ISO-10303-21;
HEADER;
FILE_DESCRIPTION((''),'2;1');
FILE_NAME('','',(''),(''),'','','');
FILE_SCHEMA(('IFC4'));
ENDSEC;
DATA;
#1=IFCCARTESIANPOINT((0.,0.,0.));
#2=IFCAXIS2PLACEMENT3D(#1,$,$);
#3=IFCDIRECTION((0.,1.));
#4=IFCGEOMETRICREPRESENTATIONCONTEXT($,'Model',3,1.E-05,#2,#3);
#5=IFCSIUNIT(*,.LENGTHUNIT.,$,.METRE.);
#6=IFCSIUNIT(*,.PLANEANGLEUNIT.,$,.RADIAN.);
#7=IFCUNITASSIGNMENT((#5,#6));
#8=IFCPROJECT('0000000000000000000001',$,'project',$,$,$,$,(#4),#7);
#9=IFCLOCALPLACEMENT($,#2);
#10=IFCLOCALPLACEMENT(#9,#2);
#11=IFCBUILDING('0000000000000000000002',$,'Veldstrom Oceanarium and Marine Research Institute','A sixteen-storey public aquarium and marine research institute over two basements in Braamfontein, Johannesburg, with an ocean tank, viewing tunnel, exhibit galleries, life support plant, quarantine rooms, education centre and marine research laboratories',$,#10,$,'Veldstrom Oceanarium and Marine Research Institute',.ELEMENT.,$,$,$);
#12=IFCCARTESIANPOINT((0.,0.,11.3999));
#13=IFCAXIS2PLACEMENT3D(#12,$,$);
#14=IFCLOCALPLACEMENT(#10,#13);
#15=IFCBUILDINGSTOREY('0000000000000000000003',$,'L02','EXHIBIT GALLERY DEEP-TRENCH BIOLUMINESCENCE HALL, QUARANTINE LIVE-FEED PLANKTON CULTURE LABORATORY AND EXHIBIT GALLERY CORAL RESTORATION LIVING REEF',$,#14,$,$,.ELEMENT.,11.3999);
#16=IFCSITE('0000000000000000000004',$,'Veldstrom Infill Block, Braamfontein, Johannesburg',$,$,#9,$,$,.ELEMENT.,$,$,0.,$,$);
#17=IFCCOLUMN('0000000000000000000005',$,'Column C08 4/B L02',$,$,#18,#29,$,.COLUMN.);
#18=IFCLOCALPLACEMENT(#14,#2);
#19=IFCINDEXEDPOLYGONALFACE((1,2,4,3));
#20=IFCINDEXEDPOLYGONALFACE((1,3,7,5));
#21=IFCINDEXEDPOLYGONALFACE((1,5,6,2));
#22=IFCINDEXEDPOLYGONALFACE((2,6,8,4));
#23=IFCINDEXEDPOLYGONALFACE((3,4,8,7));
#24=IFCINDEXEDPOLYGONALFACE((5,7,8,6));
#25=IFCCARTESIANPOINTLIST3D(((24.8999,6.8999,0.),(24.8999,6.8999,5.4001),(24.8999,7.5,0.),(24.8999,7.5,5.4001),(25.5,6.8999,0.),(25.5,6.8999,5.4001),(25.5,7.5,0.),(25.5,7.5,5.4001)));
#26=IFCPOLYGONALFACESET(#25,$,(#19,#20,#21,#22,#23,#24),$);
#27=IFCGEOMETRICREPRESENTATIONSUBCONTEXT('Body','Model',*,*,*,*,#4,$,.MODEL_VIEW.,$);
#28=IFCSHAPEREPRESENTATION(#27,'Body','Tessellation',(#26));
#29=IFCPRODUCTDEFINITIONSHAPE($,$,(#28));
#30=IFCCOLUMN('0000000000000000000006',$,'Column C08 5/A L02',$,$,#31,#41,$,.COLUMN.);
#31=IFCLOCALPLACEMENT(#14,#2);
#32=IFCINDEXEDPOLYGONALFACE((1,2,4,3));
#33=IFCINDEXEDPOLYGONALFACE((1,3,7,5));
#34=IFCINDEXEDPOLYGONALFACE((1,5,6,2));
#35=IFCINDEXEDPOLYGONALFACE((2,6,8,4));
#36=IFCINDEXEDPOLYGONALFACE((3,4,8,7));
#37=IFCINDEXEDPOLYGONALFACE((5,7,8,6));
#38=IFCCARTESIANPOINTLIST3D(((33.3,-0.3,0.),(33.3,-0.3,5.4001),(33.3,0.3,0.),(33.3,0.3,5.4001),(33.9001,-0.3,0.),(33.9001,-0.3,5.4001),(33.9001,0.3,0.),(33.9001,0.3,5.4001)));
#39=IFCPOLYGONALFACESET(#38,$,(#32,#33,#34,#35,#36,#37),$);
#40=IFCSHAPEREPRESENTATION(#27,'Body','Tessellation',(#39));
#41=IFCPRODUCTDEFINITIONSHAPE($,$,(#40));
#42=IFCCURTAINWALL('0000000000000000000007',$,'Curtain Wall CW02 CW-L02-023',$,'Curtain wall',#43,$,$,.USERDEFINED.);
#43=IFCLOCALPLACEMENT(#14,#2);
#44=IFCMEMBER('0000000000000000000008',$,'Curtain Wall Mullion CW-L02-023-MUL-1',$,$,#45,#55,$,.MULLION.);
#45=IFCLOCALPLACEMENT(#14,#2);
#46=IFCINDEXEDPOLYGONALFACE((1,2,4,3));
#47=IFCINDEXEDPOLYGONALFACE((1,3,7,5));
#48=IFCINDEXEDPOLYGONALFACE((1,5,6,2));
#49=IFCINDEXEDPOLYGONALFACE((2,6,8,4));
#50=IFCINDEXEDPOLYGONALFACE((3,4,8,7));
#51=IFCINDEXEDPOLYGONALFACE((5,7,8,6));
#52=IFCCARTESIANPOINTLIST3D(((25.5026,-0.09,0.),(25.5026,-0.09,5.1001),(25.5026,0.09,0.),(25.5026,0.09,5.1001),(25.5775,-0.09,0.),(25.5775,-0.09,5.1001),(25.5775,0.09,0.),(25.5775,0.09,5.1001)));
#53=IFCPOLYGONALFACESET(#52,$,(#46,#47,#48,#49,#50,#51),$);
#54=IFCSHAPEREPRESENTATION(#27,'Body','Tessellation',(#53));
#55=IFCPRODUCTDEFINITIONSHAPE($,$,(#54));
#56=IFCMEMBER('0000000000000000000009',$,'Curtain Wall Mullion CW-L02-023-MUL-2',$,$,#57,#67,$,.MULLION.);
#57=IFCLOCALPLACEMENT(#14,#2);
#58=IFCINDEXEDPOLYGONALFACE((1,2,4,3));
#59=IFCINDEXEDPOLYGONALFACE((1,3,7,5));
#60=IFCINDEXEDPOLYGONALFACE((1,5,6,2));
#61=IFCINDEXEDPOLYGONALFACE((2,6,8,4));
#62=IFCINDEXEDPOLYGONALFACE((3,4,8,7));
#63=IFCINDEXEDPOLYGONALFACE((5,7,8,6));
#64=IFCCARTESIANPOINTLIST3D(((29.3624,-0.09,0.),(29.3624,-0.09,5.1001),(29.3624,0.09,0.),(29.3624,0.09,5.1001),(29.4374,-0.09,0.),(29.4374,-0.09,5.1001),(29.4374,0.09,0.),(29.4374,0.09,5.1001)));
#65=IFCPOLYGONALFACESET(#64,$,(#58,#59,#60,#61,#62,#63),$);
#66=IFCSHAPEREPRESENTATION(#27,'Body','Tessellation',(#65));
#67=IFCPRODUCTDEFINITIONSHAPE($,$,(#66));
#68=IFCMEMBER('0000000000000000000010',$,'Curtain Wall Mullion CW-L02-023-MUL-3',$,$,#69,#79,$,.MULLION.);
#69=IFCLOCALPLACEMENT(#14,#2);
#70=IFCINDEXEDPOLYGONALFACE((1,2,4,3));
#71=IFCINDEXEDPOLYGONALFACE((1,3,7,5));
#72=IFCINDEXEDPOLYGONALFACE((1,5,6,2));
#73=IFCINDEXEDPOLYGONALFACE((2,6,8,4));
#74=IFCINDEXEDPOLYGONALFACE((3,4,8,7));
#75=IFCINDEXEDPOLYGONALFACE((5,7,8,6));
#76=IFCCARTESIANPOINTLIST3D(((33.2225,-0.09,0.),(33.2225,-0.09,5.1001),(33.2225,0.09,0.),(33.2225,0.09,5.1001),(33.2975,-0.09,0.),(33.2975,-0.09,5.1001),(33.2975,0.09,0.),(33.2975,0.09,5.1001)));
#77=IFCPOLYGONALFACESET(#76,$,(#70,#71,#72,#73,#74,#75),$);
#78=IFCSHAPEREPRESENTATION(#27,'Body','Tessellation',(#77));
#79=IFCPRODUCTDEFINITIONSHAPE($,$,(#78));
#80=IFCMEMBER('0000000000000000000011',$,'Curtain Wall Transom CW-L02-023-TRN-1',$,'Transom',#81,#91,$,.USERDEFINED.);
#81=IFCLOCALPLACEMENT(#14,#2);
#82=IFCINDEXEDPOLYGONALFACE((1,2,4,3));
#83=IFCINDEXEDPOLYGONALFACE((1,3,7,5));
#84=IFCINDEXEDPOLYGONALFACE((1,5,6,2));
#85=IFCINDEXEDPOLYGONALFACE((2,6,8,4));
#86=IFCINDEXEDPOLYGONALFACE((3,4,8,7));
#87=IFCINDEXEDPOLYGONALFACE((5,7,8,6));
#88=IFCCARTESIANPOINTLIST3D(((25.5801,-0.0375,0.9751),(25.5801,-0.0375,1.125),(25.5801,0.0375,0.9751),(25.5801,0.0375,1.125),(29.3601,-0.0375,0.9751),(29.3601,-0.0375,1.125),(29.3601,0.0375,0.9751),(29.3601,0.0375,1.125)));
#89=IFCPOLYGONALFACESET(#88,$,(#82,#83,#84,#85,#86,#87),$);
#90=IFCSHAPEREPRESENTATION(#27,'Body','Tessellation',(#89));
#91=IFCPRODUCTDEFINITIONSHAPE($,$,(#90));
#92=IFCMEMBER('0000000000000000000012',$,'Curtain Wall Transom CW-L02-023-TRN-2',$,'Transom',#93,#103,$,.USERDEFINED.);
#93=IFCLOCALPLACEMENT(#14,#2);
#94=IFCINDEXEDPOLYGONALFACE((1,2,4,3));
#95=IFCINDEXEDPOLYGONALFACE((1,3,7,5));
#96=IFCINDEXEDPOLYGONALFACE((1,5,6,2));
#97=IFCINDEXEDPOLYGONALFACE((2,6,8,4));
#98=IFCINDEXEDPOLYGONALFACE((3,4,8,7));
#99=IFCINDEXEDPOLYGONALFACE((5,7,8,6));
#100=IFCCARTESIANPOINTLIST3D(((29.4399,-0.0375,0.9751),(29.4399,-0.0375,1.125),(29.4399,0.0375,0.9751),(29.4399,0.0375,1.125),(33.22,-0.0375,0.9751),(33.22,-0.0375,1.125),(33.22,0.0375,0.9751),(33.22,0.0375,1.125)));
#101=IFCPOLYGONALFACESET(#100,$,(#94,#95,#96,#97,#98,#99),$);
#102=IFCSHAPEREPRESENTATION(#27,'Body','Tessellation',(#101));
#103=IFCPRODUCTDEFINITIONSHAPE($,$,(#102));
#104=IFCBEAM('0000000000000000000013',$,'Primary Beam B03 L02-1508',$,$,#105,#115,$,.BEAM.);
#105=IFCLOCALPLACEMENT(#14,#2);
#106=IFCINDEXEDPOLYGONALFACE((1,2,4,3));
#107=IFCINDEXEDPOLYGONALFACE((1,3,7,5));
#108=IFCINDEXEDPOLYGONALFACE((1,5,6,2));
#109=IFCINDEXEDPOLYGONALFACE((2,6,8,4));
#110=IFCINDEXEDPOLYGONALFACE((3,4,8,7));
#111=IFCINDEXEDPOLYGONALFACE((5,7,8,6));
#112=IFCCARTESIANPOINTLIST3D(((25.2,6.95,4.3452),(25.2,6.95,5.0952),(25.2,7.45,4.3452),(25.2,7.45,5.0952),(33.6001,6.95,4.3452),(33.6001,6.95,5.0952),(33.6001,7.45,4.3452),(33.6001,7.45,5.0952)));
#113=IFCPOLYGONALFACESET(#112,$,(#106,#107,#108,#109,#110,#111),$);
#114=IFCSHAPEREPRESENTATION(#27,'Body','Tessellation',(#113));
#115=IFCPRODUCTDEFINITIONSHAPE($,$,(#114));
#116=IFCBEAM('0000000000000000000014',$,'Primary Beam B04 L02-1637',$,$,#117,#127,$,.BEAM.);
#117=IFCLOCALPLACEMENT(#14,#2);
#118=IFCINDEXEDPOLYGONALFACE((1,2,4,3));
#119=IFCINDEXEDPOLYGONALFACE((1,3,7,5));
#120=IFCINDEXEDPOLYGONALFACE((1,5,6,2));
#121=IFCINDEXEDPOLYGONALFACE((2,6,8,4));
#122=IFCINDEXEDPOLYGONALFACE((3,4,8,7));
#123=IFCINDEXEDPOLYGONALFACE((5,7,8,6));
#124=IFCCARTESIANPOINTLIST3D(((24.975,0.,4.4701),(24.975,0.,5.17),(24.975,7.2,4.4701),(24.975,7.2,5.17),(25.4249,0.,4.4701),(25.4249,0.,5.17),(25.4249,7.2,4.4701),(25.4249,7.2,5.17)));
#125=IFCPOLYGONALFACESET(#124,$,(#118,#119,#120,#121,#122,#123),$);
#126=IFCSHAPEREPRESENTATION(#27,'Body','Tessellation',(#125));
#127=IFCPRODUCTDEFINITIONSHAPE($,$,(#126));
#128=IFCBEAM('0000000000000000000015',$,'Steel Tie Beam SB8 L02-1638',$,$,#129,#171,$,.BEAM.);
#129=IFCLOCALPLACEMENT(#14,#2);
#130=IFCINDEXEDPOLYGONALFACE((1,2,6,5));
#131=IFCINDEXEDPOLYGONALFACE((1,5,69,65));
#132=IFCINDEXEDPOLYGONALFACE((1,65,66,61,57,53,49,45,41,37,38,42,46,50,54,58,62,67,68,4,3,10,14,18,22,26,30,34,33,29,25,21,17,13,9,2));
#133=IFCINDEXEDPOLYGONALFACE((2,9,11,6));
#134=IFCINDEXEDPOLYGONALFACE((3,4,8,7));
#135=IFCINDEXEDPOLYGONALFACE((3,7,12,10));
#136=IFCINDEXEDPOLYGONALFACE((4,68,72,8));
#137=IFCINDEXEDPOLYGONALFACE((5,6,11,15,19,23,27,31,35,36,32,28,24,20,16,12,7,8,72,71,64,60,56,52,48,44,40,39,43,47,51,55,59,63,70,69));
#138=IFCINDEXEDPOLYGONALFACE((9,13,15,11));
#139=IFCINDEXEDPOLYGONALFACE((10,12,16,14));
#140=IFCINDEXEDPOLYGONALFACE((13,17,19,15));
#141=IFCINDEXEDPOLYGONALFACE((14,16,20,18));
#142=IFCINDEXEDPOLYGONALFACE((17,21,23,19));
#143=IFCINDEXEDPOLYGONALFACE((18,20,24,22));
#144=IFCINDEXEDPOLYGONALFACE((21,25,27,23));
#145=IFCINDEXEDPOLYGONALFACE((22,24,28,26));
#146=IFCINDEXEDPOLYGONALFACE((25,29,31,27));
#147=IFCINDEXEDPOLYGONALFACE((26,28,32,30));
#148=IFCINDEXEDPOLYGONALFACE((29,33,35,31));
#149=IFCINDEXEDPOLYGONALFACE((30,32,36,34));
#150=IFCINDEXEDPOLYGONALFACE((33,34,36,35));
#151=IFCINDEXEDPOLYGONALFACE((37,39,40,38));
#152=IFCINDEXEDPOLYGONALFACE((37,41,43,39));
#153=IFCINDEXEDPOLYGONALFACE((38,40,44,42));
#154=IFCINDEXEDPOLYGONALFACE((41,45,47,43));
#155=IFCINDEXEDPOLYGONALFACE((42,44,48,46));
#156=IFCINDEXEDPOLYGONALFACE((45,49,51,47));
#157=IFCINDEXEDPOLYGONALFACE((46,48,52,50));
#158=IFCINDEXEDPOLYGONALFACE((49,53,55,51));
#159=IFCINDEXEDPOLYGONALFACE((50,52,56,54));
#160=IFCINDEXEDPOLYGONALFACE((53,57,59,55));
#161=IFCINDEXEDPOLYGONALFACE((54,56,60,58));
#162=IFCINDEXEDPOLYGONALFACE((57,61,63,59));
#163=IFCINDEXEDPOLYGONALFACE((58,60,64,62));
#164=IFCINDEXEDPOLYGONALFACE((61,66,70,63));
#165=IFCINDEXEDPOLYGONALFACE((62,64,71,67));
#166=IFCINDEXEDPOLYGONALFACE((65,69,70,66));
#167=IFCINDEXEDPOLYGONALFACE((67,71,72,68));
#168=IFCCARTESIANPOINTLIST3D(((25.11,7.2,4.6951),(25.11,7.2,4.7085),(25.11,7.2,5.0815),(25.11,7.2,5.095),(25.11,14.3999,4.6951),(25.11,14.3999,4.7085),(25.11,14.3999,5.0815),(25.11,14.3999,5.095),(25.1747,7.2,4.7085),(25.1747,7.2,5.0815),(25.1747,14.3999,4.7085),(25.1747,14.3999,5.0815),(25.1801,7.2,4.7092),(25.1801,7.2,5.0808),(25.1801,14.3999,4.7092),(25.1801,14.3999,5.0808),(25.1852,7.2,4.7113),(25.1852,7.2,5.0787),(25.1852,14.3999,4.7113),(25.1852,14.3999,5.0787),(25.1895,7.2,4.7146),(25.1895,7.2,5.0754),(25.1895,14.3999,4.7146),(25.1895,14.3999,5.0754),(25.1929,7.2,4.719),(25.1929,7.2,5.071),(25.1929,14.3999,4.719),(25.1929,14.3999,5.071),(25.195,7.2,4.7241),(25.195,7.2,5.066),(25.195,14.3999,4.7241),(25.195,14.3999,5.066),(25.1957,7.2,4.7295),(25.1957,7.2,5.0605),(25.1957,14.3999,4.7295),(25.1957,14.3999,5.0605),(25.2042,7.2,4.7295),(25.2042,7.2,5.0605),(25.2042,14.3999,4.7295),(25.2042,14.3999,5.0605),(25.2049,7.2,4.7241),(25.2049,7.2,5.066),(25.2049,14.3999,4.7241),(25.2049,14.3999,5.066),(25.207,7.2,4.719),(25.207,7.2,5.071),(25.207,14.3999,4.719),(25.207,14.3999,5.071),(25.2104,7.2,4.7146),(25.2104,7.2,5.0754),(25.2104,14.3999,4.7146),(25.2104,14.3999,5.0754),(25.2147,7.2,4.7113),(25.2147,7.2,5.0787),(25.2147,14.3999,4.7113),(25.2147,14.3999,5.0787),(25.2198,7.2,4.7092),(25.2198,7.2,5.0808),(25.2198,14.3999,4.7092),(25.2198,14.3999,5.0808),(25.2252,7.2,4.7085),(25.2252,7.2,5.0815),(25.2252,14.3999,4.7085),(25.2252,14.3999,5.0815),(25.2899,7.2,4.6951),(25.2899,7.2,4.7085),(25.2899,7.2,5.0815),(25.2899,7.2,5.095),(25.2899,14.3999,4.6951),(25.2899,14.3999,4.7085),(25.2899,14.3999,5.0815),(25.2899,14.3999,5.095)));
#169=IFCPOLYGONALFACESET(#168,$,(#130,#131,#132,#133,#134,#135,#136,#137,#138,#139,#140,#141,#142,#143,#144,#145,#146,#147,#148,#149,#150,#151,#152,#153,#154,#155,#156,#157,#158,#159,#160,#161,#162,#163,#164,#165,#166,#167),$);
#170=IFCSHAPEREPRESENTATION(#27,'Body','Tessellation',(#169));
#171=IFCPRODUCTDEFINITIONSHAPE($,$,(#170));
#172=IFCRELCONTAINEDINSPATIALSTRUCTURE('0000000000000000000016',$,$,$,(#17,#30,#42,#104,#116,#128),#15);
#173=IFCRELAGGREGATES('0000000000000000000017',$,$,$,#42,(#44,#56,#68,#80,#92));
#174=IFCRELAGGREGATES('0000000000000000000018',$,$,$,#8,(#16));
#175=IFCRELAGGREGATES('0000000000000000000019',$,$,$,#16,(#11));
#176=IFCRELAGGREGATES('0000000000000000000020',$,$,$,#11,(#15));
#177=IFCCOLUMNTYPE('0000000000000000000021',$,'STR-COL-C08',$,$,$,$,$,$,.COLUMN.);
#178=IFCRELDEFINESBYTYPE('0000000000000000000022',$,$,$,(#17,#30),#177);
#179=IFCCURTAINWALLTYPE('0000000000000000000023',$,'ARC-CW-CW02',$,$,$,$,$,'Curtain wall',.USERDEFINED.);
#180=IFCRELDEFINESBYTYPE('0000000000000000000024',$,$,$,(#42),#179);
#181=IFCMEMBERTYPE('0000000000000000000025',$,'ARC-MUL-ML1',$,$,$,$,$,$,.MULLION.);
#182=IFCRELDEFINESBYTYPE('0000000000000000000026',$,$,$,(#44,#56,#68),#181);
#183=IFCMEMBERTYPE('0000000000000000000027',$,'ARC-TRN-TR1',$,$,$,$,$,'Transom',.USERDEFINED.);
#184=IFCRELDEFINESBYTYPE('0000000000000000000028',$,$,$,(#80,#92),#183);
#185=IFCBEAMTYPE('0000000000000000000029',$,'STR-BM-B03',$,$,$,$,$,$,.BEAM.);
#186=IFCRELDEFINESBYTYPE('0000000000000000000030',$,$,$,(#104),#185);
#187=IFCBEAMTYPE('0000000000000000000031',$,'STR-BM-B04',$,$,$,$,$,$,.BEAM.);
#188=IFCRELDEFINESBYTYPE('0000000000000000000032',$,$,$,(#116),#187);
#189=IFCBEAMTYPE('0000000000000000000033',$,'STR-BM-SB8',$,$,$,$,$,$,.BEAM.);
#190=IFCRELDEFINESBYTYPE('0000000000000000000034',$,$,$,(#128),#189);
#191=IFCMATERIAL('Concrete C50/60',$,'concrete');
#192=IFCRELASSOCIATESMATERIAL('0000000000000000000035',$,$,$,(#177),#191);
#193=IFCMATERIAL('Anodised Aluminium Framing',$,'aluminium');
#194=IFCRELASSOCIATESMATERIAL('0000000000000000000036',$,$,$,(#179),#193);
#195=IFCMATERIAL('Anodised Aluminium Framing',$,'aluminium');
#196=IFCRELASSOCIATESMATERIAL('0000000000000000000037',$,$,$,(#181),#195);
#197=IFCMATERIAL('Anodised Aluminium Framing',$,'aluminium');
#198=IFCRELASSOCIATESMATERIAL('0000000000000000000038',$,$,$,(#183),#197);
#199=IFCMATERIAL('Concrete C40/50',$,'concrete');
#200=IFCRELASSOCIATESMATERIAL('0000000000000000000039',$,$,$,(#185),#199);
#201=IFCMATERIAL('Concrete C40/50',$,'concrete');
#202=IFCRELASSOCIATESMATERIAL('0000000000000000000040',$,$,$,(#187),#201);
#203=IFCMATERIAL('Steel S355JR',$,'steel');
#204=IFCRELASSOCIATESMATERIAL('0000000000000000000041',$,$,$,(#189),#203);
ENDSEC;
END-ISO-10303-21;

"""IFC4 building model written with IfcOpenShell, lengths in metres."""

from ifc_helpers import new_model, si_unit, direction, frame, origin, origin_2d, place, context, subcontext, project, spatial, rectangle, i_section, extrude, material, material_profile, profile_set, type_object, element, aggregate, save


model = new_model("IFC4")

# Units and contexts
model_context = context("Model", 3, precision=1e-05, world=origin(), true_north=direction((0.0, 1.0)))
body_context = subcontext(model_context, "Body", "Model", "MODEL_VIEW")
ifc_project = project(units=[si_unit("LENGTHUNIT", "METRE"), si_unit("PLANEANGLEUNIT", "RADIAN")], contexts=[model_context])

# Site, building, storey
site_placement = place(None, origin())
site = spatial("IfcSite", under=ifc_project, at=site_placement, Name="Veldstrom Infill Block, Braamfontein, Johannesburg", CompositionType="ELEMENT", RefElevation=0.0)
building_placement = place(site_placement, origin())
building = spatial("IfcBuilding", under=site, at=building_placement, Name="Veldstrom Oceanarium and Marine Research Institute", Description="A sixteen-storey public aquarium and marine research institute over two basements in Braamfontein, Johannesburg, with an ocean tank, viewing tunnel, exhibit galleries, life support plant, quarantine rooms, education centre and marine research laboratories", LongName="Veldstrom Oceanarium and Marine Research Institute", CompositionType="ELEMENT")
storey_placement = place(building_placement, frame((0.0, 0.0, 11.3999)))
storey = spatial("IfcBuildingStorey", under=building, at=storey_placement, Name="L02", Description="EXHIBIT GALLERY DEEP-TRENCH BIOLUMINESCENCE HALL, QUARANTINE LIVE-FEED PLANKTON CULTURE LABORATORY AND EXHIBIT GALLERY CORAL RESTORATION LIVING REEF", CompositionType="ELEMENT", Elevation=11.3999)

# Columns
ifc_material_1 = material(Name="Concrete C50/60", Category="concrete")
ifc_material_profile_1 = material_profile(ifc_material_1, rectangle(XDim=0.6001, YDim=0.6001, at=origin_2d()), Name="RC-COL-600x600")
ifc_profile_set_1 = profile_set([ifc_material_profile_1], Name="Concrete C50/60")
column_type = type_object("IfcColumnType", Name="STR-COL-C08", PredefinedType="COLUMN", material=ifc_profile_set_1)
for number, where, z_axis, x_axis, name in (
    (1, (25.2, 7.2, 0.0), (0.0, 0.0, 1.0), (1.0, 0.0, 0.0), "Column C08 4/B L02"),
    (2, (33.6001, 0.0, 0.0), (0.0, 0.0, 1.0), (1.0, 0.0, 0.0), "Column C08 5/A L02"),
):
    element("IfcColumn", number, at=place(storey_placement, frame(where, z_axis=z_axis, x_axis=x_axis)), inside=storey, type_object=column_type, Name=name, PredefinedType="COLUMN", context=body_context, shape_type="SweptSolid", body=[
        extrude(rectangle(XDim=0.6001, YDim=0.6001, at=origin_2d()), origin(), (0.0, 0.0, 1.0), 5.4001),
    ])

# Curtain wall, members
ifc_material_2 = material(Name="Anodised Aluminium Framing", Category="aluminium")
curtain_wall_type = type_object("IfcCurtainWallType", Name="ARC-CW-CW02", ElementType="Curtain wall", PredefinedType="USERDEFINED", material=ifc_material_2)
curtain_wall_placement = place(storey_placement, origin())
curtain_wall = element("IfcCurtainWall", 3, at=curtain_wall_placement, inside=storey, type_object=curtain_wall_type, Name="Curtain Wall CW02 CW-L02-023", ObjectType="Curtain wall", PredefinedType="USERDEFINED")
ifc_material_3 = material(Name="Anodised Aluminium Framing", Category="aluminium")
ifc_material_profile_2 = material_profile(ifc_material_3, rectangle(XDim=0.075, YDim=0.1799, at=origin_2d()), Name="ALU-MUL-75x180")
ifc_profile_set_2 = profile_set([ifc_material_profile_2], Name="Anodised Aluminium Framing")
member_type_1 = type_object("IfcMemberType", Name="ARC-MUL-ML1", PredefinedType="MULLION", material=ifc_profile_set_2)
member_1_placement = place(storey_placement, frame((25.54, 0.0, 0.0), z_axis=(0.0, 0.0, 1.0), x_axis=(1.0, 0.0, 0.0)))
member_1 = element("IfcMember", 4, at=member_1_placement, type_object=member_type_1, Name="Curtain Wall Mullion CW-L02-023-MUL-1", PredefinedType="MULLION", context=body_context, shape_type="SweptSolid", body=[
    extrude(rectangle(XDim=0.075, YDim=0.1799, at=origin_2d()), origin(), (0.0, 0.0, 1.0), 5.1001),
])
member_2_placement = place(storey_placement, frame((29.3999, 0.0, 0.0), z_axis=(0.0, 0.0, 1.0), x_axis=(1.0, 0.0, 0.0)))
member_2 = element("IfcMember", 5, at=member_2_placement, type_object=member_type_1, Name="Curtain Wall Mullion CW-L02-023-MUL-2", PredefinedType="MULLION", context=body_context, shape_type="SweptSolid", body=[
    extrude(rectangle(XDim=0.075, YDim=0.1799, at=origin_2d()), origin(), (0.0, 0.0, 1.0), 5.1001),
])
member_3_placement = place(storey_placement, frame((33.26, 0.0, 0.0), z_axis=(0.0, 0.0, 1.0), x_axis=(1.0, 0.0, 0.0)))
member_3 = element("IfcMember", 6, at=member_3_placement, type_object=member_type_1, Name="Curtain Wall Mullion CW-L02-023-MUL-3", PredefinedType="MULLION", context=body_context, shape_type="SweptSolid", body=[
    extrude(rectangle(XDim=0.075, YDim=0.1799, at=origin_2d()), origin(), (0.0, 0.0, 1.0), 5.1001),
])
ifc_material_4 = material(Name="Anodised Aluminium Framing", Category="aluminium")
ifc_material_profile_3 = material_profile(ifc_material_4, rectangle(XDim=0.075, YDim=0.1499, at=origin_2d()), Name="ALU-TRN-75x150")
ifc_profile_set_3 = profile_set([ifc_material_profile_3], Name="Anodised Aluminium Framing")
member_type_2 = type_object("IfcMemberType", Name="ARC-TRN-TR1", ElementType="Transom", PredefinedType="USERDEFINED", material=ifc_profile_set_3)
member_4_placement = place(storey_placement, frame((25.5801, 0.0, 1.05), z_axis=(1.0, 0.0, 0.0), x_axis=(0.0, 1.0, 0.0)))
member_4 = element("IfcMember", 7, at=member_4_placement, type_object=member_type_2, Name="Curtain Wall Transom CW-L02-023-TRN-1", ObjectType="Transom", PredefinedType="USERDEFINED", context=body_context, shape_type="SweptSolid", body=[
    extrude(rectangle(XDim=0.075, YDim=0.1499, at=origin_2d()), origin(), (0.0, 0.0, 1.0), 3.78),
])
member_5_placement = place(storey_placement, frame((29.4399, 0.0, 1.05), z_axis=(1.0, 0.0, 0.0), x_axis=(0.0, 1.0, 0.0)))
member_5 = element("IfcMember", 8, at=member_5_placement, type_object=member_type_2, Name="Curtain Wall Transom CW-L02-023-TRN-2", ObjectType="Transom", PredefinedType="USERDEFINED", context=body_context, shape_type="SweptSolid", body=[
    extrude(rectangle(XDim=0.075, YDim=0.1499, at=origin_2d()), origin(), (0.0, 0.0, 1.0), 3.78),
])

# Beams
ifc_material_5 = material(Name="Concrete C40/50", Category="concrete")
ifc_material_profile_4 = material_profile(ifc_material_5, rectangle(XDim=0.5, YDim=0.75, at=origin_2d()), Name="RC-BM-500x750")
ifc_profile_set_4 = profile_set([ifc_material_profile_4], Name="Concrete C40/50")
beam_type_1 = type_object("IfcBeamType", Name="STR-BM-B03", PredefinedType="BEAM", material=ifc_profile_set_4)
beam_1_placement = place(storey_placement, frame((25.2, 7.2, 4.7202), z_axis=(1.0, 0.0, 0.0), x_axis=(0.0, 1.0, 0.0)))
element("IfcBeam", 9, at=beam_1_placement, inside=storey, type_object=beam_type_1, Name="Primary Beam B03 L02-1508", PredefinedType="BEAM", context=body_context, shape_type="SweptSolid", body=[
    extrude(rectangle(XDim=0.5, YDim=0.75, at=origin_2d()), origin(), (0.0, 0.0, 1.0), 8.4001),
])
ifc_material_6 = material(Name="Concrete C40/50", Category="concrete")
ifc_material_profile_5 = material_profile(ifc_material_6, rectangle(XDim=0.45, YDim=0.7, at=origin_2d()), Name="RC-BM-450x700")
ifc_profile_set_5 = profile_set([ifc_material_profile_5], Name="Concrete C40/50")
beam_type_2 = type_object("IfcBeamType", Name="STR-BM-B04", PredefinedType="BEAM", material=ifc_profile_set_5)
beam_2_placement = place(storey_placement, frame((25.2, 0.0, 4.8201), z_axis=(0.0, 1.0, 0.0), x_axis=(-1.0, 0.0, 0.0)))
element("IfcBeam", 10, at=beam_2_placement, inside=storey, type_object=beam_type_2, Name="Primary Beam B04 L02-1637", PredefinedType="BEAM", context=body_context, shape_type="SweptSolid", body=[
    extrude(rectangle(XDim=0.45, YDim=0.7, at=origin_2d()), origin(), (0.0, 0.0, 1.0), 7.2),
])
ifc_material_7 = material(Name="Steel S355JR", Category="steel")
ifc_material_profile_6 = material_profile(ifc_material_7, i_section(OverallWidth=0.1799, OverallDepth=0.3999, WebThickness=0.0085, FlangeThickness=0.0134, FilletRadius=0.021, at=origin_2d()), Name="IPE 400")
ifc_profile_set_6 = profile_set([ifc_material_profile_6], Name="Steel S355JR")
beam_type_3 = type_object("IfcBeamType", Name="STR-BM-SB8", PredefinedType="BEAM", material=ifc_profile_set_6)
for number, where, z_axis, x_axis, name in (
    (11, (25.2, 7.2, 4.895), (0.0, 1.0, 0.0), (-1.0, 0.0, 0.0), "Steel Tie Beam SB8 L02-1638"),
):
    element("IfcBeam", number, at=place(storey_placement, frame(where, z_axis=z_axis, x_axis=x_axis)), inside=storey, type_object=beam_type_3, Name=name, PredefinedType="BEAM", context=body_context, shape_type="SweptSolid", body=[
        extrude(i_section(OverallWidth=0.1799, OverallDepth=0.3999, WebThickness=0.0085, FlangeThickness=0.0134, FilletRadius=0.021, at=origin_2d()), origin(), (0.0, 0.0, 1.0), 7.2),
    ])

aggregate(curtain_wall, [member_1, member_2, member_3, member_4, member_5])

save(model, "model.ifc")
